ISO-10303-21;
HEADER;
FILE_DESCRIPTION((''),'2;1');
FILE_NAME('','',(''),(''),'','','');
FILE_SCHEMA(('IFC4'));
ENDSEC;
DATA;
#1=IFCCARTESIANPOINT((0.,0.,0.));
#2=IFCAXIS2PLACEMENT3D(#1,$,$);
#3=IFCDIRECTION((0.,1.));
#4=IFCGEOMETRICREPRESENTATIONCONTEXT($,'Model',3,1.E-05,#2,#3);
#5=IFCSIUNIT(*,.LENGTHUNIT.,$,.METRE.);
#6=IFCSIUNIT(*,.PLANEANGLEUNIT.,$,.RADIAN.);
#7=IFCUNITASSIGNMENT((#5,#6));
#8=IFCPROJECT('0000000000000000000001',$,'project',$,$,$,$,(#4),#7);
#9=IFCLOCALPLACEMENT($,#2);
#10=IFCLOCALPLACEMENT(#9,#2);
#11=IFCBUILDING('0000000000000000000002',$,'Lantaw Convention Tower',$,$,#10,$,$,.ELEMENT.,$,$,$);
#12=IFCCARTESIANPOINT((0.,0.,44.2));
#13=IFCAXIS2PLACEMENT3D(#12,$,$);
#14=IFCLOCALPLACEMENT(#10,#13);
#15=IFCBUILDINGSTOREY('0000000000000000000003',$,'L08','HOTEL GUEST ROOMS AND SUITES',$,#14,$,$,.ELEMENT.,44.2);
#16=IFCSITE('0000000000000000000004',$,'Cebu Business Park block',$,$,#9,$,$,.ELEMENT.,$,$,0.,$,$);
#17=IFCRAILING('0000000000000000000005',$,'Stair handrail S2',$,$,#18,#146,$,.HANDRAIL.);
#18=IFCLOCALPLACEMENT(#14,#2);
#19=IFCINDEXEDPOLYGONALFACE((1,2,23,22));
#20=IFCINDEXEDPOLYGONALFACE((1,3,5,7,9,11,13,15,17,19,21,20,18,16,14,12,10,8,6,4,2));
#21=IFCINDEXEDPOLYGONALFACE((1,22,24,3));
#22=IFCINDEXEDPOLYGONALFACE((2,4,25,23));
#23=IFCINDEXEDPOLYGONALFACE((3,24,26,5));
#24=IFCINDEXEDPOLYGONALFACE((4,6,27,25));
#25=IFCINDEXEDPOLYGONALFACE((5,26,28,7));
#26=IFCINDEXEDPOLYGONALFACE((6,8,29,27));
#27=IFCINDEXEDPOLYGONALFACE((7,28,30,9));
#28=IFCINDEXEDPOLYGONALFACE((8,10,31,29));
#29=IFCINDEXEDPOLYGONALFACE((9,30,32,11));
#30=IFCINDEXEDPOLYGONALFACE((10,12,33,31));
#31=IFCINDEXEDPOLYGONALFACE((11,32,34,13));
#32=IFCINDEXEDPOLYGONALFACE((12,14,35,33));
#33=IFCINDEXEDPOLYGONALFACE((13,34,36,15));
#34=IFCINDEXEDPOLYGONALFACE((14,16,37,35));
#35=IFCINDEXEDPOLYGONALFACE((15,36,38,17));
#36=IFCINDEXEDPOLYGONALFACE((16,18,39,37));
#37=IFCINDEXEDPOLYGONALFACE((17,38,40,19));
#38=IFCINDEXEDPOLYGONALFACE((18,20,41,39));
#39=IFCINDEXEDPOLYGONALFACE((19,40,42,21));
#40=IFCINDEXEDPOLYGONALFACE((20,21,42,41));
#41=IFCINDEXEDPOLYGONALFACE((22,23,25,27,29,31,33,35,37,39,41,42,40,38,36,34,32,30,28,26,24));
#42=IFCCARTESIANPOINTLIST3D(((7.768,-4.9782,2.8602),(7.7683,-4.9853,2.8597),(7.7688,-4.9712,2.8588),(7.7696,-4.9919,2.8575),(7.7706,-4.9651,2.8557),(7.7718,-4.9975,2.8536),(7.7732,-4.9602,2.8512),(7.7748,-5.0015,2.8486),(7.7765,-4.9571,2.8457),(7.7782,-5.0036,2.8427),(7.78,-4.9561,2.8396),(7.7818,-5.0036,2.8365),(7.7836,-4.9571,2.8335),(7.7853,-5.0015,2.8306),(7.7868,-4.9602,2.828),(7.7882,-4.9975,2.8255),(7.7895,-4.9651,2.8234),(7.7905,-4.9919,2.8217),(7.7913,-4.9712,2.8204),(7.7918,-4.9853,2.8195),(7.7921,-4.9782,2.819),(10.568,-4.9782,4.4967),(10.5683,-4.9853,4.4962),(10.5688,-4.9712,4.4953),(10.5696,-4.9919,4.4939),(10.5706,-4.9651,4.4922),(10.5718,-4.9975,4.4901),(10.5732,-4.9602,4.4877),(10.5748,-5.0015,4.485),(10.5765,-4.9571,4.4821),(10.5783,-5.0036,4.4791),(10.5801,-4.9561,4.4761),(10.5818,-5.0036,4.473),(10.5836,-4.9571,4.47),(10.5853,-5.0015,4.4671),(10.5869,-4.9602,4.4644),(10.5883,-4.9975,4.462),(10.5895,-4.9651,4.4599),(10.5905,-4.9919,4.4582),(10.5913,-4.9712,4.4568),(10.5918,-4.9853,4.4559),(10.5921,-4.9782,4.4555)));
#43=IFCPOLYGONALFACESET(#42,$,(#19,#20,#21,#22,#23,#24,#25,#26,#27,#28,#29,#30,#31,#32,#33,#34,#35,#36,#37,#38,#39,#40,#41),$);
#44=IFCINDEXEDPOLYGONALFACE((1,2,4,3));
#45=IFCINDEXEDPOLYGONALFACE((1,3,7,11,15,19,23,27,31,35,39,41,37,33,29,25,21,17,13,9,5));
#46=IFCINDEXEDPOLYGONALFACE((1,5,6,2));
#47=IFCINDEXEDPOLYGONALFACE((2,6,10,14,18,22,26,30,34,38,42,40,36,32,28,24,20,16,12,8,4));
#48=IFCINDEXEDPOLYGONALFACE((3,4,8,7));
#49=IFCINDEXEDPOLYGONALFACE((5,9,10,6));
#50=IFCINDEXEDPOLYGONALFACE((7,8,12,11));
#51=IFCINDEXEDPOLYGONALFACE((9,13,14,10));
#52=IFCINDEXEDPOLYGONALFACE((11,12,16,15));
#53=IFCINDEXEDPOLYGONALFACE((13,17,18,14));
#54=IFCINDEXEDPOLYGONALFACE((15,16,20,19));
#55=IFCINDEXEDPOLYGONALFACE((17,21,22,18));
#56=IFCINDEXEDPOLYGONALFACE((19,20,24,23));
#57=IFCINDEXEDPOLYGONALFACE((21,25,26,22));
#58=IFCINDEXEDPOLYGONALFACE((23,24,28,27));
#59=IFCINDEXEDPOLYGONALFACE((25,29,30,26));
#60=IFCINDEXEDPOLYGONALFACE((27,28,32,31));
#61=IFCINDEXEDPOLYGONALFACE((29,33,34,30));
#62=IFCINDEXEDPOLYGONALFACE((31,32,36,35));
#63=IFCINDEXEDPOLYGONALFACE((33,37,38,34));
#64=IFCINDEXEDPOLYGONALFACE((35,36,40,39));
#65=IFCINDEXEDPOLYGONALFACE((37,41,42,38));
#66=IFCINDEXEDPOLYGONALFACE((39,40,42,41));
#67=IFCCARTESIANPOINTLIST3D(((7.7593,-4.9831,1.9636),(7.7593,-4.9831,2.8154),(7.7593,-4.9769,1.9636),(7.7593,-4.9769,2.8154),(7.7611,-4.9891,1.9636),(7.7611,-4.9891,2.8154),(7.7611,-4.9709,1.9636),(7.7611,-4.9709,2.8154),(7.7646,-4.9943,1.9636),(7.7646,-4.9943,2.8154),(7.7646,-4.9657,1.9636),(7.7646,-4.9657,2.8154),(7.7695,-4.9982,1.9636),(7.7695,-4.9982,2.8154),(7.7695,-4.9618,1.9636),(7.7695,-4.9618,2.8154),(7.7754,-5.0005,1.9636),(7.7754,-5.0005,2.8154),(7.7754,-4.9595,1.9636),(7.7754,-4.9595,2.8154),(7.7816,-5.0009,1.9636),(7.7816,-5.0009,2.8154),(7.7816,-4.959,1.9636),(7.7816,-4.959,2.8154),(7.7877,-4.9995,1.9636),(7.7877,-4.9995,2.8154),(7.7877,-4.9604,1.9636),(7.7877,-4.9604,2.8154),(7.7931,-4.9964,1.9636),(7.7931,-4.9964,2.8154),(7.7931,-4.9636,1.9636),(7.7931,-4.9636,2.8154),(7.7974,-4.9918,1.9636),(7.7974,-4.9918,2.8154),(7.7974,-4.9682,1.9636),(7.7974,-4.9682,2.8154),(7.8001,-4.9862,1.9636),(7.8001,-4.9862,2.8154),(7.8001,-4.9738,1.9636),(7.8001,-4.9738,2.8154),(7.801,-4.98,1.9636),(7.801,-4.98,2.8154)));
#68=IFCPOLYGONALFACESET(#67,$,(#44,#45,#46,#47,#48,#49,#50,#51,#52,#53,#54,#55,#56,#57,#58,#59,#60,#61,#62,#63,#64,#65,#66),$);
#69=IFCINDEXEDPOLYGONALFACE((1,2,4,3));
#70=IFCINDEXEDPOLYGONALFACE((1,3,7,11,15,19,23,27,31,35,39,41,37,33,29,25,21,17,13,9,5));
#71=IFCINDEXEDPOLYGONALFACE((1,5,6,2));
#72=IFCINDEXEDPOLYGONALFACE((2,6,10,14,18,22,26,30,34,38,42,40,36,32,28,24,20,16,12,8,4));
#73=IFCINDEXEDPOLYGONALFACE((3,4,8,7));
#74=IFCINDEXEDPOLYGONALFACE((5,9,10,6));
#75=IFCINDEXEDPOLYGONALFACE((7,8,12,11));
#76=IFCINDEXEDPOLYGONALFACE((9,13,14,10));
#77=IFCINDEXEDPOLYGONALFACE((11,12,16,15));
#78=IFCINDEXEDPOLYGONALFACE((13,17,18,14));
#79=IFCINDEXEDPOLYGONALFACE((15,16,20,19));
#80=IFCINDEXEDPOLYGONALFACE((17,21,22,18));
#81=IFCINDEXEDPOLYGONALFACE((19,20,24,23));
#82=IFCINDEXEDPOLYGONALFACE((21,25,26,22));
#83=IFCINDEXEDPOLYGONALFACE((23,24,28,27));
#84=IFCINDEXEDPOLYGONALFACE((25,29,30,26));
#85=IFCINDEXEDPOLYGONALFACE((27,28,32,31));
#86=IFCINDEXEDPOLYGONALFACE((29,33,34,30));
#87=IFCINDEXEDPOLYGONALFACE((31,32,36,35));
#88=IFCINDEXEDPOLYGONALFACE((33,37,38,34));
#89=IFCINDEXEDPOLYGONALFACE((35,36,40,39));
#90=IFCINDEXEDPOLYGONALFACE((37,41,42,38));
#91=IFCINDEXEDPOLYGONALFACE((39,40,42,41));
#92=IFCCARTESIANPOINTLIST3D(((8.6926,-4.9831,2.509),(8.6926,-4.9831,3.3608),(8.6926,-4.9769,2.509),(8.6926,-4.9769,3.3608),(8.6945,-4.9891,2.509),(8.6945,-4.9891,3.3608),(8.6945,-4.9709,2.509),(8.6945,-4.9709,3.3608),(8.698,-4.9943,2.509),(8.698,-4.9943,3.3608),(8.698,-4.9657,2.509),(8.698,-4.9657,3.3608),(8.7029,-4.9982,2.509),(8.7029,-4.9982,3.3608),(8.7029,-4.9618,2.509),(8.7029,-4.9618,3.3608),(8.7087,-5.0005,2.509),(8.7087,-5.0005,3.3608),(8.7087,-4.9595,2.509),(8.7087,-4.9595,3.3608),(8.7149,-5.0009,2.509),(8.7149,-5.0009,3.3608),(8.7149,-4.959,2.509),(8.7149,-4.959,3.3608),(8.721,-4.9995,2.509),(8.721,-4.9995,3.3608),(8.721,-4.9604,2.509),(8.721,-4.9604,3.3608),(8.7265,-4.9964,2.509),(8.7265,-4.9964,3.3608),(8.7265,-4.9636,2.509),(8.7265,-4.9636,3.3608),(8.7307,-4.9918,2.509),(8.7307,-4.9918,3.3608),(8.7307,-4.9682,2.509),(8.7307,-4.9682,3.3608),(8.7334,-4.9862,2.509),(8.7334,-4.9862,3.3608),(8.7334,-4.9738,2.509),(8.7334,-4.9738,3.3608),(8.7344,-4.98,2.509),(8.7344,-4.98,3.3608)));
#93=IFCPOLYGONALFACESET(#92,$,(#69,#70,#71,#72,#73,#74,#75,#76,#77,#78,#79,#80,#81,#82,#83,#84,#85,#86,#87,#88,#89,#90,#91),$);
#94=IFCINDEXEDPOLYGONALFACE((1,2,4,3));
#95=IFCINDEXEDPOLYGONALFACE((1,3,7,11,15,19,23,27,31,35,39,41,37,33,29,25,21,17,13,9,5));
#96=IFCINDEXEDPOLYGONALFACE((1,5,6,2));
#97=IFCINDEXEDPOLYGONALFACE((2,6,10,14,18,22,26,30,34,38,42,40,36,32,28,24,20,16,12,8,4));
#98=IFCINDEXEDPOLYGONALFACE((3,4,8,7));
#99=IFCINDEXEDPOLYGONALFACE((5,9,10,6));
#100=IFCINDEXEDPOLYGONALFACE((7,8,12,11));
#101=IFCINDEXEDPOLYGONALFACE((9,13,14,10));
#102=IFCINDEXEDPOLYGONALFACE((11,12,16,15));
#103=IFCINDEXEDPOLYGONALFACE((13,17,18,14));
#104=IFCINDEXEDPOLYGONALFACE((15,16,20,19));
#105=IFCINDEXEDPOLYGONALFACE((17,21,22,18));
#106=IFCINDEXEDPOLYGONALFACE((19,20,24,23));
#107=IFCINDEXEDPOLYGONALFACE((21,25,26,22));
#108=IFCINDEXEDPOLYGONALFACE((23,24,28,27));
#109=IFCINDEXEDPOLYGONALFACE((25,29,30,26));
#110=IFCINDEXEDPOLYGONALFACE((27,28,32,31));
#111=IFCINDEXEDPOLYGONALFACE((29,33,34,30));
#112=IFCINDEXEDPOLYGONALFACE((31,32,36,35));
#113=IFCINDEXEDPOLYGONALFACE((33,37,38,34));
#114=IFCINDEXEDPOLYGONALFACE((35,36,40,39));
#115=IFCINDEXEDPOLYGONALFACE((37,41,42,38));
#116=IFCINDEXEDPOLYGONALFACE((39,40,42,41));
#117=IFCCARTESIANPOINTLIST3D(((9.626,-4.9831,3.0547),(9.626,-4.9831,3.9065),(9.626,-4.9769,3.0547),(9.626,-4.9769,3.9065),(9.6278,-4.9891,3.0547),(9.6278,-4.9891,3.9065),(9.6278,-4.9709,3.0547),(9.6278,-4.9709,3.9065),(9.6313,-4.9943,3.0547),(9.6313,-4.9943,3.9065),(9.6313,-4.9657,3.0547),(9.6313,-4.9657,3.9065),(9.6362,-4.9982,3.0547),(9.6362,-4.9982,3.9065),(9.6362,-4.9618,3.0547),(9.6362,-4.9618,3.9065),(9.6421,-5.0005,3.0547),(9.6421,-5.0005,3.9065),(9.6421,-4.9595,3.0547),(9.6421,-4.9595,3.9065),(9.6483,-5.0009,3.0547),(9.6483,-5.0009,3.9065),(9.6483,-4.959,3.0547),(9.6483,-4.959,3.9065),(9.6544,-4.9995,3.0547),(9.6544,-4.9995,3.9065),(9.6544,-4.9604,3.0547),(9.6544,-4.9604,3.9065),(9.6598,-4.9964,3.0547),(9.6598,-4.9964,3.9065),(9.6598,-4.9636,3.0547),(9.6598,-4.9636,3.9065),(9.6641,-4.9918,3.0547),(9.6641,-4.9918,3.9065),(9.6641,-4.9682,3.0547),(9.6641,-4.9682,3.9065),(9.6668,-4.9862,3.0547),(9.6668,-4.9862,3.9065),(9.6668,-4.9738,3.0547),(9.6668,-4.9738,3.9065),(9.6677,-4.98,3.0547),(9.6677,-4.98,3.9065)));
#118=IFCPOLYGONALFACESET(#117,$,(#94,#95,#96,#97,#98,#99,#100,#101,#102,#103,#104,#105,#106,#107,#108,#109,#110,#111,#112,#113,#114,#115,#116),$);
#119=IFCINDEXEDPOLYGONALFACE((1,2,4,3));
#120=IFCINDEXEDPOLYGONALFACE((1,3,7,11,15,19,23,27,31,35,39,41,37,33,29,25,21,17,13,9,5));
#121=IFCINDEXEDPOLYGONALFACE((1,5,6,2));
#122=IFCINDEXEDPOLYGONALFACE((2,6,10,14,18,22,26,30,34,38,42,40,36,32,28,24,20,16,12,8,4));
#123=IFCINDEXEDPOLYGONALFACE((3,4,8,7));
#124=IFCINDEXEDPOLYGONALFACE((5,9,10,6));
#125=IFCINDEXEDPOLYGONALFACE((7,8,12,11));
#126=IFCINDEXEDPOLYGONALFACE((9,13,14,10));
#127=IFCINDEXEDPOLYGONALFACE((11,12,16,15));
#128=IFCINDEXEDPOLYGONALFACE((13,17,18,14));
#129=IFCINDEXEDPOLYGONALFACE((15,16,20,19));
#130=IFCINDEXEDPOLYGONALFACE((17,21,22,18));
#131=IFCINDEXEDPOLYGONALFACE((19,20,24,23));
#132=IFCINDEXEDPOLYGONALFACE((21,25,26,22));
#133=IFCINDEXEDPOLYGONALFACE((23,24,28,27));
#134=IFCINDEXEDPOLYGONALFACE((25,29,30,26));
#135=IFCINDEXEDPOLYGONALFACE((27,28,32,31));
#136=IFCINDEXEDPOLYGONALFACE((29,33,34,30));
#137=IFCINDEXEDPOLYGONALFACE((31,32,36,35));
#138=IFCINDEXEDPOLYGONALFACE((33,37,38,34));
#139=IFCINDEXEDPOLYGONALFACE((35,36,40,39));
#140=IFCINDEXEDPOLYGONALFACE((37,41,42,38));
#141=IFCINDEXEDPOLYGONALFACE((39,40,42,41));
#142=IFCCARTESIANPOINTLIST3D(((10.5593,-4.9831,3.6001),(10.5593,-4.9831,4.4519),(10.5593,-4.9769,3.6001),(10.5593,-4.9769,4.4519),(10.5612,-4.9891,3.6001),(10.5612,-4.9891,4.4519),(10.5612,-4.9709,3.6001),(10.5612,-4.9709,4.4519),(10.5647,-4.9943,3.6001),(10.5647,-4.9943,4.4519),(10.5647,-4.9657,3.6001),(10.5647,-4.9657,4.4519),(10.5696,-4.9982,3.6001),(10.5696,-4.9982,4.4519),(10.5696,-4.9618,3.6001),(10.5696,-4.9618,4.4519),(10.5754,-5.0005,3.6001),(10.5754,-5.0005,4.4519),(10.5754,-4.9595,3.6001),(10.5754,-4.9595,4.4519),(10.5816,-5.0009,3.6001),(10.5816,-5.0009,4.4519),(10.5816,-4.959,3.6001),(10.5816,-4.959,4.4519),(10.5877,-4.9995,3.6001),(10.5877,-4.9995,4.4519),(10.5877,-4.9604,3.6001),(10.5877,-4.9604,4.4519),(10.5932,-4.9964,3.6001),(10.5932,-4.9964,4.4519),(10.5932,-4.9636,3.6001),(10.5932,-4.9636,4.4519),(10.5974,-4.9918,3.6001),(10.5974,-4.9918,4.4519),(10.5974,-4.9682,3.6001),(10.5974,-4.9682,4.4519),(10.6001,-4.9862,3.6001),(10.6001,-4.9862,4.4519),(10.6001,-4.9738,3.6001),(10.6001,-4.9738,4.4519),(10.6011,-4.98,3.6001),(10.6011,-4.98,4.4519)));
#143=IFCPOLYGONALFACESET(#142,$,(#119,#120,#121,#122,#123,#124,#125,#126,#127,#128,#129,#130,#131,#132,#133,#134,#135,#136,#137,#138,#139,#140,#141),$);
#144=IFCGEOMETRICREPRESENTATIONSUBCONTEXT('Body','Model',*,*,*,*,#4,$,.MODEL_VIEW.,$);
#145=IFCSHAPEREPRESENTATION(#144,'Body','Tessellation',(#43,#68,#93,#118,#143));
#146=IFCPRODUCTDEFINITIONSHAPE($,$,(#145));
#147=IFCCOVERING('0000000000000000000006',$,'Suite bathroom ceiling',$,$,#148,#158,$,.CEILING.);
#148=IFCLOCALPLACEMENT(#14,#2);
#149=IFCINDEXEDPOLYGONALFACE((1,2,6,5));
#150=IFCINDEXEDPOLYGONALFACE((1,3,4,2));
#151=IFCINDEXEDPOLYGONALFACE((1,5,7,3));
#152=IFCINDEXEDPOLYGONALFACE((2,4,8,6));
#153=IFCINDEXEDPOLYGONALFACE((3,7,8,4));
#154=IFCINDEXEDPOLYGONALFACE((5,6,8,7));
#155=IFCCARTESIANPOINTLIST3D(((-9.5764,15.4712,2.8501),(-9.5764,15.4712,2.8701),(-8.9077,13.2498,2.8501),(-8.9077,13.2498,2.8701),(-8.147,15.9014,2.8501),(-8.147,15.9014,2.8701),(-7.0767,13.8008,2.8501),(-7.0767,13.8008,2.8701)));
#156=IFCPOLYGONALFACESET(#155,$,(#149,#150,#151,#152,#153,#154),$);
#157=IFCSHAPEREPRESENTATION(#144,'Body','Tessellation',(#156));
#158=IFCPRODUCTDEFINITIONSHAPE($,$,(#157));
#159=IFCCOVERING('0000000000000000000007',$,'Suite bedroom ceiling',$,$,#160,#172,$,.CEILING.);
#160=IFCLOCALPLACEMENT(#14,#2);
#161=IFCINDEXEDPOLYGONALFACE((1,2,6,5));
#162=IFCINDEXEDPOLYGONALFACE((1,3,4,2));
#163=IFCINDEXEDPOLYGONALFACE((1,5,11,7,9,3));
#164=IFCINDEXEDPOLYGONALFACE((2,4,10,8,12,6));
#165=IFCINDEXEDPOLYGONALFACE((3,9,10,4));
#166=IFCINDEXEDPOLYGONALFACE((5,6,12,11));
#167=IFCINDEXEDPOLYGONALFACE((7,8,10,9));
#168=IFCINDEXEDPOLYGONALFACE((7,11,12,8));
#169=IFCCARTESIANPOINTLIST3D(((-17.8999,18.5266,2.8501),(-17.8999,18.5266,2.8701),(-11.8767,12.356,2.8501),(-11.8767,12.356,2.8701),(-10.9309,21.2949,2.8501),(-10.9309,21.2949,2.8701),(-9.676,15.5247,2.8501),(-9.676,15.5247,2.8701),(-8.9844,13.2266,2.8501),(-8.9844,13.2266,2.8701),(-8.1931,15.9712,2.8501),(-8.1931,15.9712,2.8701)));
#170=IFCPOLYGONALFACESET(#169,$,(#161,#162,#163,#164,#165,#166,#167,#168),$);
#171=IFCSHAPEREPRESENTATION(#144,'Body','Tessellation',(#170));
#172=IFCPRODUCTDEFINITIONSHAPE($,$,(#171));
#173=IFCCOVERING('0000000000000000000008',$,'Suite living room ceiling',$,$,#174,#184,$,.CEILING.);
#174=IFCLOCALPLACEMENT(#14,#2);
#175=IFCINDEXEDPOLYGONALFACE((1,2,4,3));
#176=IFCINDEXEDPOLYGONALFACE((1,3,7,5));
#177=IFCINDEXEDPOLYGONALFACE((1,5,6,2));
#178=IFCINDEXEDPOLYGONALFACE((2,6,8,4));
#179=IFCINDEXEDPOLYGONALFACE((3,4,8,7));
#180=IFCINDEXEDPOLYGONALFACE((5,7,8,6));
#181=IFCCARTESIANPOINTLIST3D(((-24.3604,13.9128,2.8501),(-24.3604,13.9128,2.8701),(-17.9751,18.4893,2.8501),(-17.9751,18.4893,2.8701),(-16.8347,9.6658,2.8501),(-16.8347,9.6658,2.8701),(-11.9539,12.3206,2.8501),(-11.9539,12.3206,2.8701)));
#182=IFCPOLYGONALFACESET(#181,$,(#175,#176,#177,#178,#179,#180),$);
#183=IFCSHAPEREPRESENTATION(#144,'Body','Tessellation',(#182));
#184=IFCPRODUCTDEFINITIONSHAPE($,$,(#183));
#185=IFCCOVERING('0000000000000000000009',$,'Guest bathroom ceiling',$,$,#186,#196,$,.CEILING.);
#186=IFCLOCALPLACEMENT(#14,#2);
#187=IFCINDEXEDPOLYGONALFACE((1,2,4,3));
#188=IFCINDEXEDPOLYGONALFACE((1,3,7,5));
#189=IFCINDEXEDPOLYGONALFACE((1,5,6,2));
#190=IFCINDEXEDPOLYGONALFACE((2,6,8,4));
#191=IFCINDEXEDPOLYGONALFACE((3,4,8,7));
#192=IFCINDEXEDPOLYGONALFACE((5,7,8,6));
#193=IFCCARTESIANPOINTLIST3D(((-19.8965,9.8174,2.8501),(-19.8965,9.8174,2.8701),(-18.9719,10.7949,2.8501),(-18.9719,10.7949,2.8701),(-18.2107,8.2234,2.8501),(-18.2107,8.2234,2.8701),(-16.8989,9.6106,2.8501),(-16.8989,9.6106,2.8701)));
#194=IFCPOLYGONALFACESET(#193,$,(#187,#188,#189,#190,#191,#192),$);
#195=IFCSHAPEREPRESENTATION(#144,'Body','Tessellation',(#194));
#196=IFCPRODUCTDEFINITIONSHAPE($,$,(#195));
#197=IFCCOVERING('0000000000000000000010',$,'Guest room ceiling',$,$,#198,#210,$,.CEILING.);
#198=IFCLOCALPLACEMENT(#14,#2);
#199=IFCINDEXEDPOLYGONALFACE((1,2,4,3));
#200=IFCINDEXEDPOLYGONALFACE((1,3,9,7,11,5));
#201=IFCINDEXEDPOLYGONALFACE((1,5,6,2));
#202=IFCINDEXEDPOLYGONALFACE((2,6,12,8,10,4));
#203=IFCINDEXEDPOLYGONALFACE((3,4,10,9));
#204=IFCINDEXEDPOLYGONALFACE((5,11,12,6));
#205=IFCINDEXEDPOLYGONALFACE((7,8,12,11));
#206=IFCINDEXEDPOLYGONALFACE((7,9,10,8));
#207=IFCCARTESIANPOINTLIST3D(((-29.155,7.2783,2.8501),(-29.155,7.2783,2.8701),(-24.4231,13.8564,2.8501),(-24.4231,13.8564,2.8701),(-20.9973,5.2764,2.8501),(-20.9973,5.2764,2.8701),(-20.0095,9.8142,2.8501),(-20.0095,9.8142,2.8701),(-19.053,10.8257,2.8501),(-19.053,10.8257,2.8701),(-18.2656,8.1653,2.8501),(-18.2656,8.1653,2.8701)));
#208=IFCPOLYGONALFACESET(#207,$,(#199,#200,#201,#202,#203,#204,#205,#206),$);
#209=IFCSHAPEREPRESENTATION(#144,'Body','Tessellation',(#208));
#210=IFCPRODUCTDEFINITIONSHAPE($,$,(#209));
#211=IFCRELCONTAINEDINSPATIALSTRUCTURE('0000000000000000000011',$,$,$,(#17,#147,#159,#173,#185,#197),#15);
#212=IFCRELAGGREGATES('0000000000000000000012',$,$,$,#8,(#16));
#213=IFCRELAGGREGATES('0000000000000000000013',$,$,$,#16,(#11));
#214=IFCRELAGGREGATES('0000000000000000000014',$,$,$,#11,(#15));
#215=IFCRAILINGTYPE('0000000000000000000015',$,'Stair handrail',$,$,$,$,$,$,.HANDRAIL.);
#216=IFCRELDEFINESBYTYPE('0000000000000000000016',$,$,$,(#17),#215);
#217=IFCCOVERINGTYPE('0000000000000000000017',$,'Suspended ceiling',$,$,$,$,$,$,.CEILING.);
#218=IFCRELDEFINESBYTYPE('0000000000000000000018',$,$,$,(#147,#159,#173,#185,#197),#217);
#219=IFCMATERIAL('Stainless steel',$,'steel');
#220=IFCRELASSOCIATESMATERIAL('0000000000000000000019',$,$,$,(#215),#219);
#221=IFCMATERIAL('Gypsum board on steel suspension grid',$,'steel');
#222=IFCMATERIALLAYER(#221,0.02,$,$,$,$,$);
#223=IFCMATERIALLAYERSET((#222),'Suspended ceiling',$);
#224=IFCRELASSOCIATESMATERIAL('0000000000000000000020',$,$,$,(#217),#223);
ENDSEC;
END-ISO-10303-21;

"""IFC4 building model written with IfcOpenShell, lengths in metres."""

from ifc_helpers import new_model, si_unit, direction, frame, origin, origin_2d, place, context, subcontext, project, spatial, polyline, circle, outline, extrude, material, layer, layer_set, type_object, element, save


model = new_model("IFC4")

# Units and contexts
model_context = context("Model", 3, precision=1e-05, world=origin(), true_north=direction((0.0, 1.0)))
body_context = subcontext(model_context, "Body", "Model", "MODEL_VIEW")
ifc_project = project(units=[si_unit("LENGTHUNIT", "METRE"), si_unit("PLANEANGLEUNIT", "RADIAN")], contexts=[model_context])

# Site, building, storey
site_placement = place(None, origin())
site = spatial("IfcSite", under=ifc_project, at=site_placement, Name="Cebu Business Park block", CompositionType="ELEMENT", RefElevation=0.0)
building_placement = place(site_placement, origin())
building = spatial("IfcBuilding", under=site, at=building_placement, Name="Lantaw Convention Tower", CompositionType="ELEMENT")
storey_placement = place(building_placement, frame((0.0, 0.0, 44.2)))
storey = spatial("IfcBuildingStorey", under=building, at=storey_placement, Name="L08", Description="HOTEL GUEST ROOMS AND SUITES", CompositionType="ELEMENT", Elevation=44.2)

# Railing
ifc_material_1 = material(Name="Stainless steel", Category="steel")
railing_type = type_object("IfcRailingType", Name="Stair handrail", PredefinedType="HANDRAIL", material=ifc_material_1)
railing_1_placement = place(storey_placement, frame((7.78, -4.98, 1.9636)))
element("IfcRailing", 1, at=railing_1_placement, inside=storey, type_object=railing_type, Name="Stair handrail S2", PredefinedType="HANDRAIL", context=body_context, shape_type="SweptSolid", body=[
    extrude(circle(Radius=0.0239, at=origin_2d()), frame((0.0, 0.0, 0.876), z_axis=(0.863361, 0.0, 0.504587), x_axis=(0.0, 1.0, 0.0)), (0.0, 0.0, 1.0), 3.2432),
    extrude(circle(Radius=0.021, at=origin_2d()), origin(), (0.0, 0.0, 1.0), 0.8518),
    extrude(circle(Radius=0.021, at=origin_2d()), frame((0.9333, 0.0, 0.5454)), (0.0, 0.0, 1.0), 0.8518),
    extrude(circle(Radius=0.021, at=origin_2d()), frame((1.8667, 0.0, 1.0911)), (0.0, 0.0, 1.0), 0.8518),
    extrude(circle(Radius=0.021, at=origin_2d()), frame((2.8, 0.0, 1.6365)), (0.0, 0.0, 1.0), 0.8518),
])

# Coverings
ifc_material_2 = material(Name="Gypsum board on steel suspension grid", Category="steel")
ifc_layer_1 = layer(ifc_material_2, 0.02)
ifc_layer_set_1 = layer_set([ifc_layer_1], Name="Suspended ceiling")
covering_type = type_object("IfcCoveringType", Name="Suspended ceiling", PredefinedType="CEILING", material=ifc_layer_set_1)
covering_1_placement = place(storey_placement, frame((0.0, 0.0, 2.8501)))
element("IfcCovering", 2, at=covering_1_placement, inside=storey, type_object=covering_type, Name="Suite bathroom ceiling", PredefinedType="CEILING", context=body_context, shape_type="SweptSolid", body=[
    extrude(outline(polyline([(-7.0767, 13.8008), (-8.147, 15.9014), (-9.5764, 15.4712), (-8.9077, 13.2498), (-7.0767, 13.8008)])), origin(), (0.0, 0.0, 1.0), 0.02),
])
covering_2_placement = place(storey_placement, frame((0.0, 0.0, 2.8501)))
element("IfcCovering", 3, at=covering_2_placement, inside=storey, type_object=covering_type, Name="Suite bedroom ceiling", PredefinedType="CEILING", context=body_context, shape_type="SweptSolid", body=[
    extrude(outline(polyline([(-11.8767, 12.356), (-8.9844, 13.2266), (-9.676, 15.5247), (-8.1931, 15.9712), (-10.9309, 21.2949), (-17.8999, 18.5266), (-11.8767, 12.356)])), origin(), (0.0, 0.0, 1.0), 0.02),
])
covering_3_placement = place(storey_placement, frame((0.0, 0.0, 2.8501)))
element("IfcCovering", 4, at=covering_3_placement, inside=storey, type_object=covering_type, Name="Suite living room ceiling", PredefinedType="CEILING", context=body_context, shape_type="SweptSolid", body=[
    extrude(outline(polyline([(-11.9539, 12.3206), (-17.9751, 18.4893), (-24.3604, 13.9128), (-16.8347, 9.6658), (-11.9539, 12.3206)])), origin(), (0.0, 0.0, 1.0), 0.02),
])
covering_4_placement = place(storey_placement, frame((0.0, 0.0, 2.8501)))
element("IfcCovering", 5, at=covering_4_placement, inside=storey, type_object=covering_type, Name="Guest bathroom ceiling", PredefinedType="CEILING", context=body_context, shape_type="SweptSolid", body=[
    extrude(outline(polyline([(-16.8989, 9.6106), (-18.9719, 10.7949), (-19.8965, 9.8174), (-18.2107, 8.2234), (-16.8989, 9.6106)])), origin(), (0.0, 0.0, 1.0), 0.02),
])
covering_5_placement = place(storey_placement, frame((0.0, 0.0, 2.8501)))
element("IfcCovering", 6, at=covering_5_placement, inside=storey, type_object=covering_type, Name="Guest room ceiling", PredefinedType="CEILING", context=body_context, shape_type="SweptSolid", body=[
    extrude(outline(polyline([(-20.9973, 5.2764), (-18.2656, 8.1653), (-20.0095, 9.8142), (-19.053, 10.8257), (-24.4231, 13.8564), (-29.155, 7.2783), (-20.9973, 5.2764)])), origin(), (0.0, 0.0, 1.0), 0.02),
])

save(model, "model.ifc")
